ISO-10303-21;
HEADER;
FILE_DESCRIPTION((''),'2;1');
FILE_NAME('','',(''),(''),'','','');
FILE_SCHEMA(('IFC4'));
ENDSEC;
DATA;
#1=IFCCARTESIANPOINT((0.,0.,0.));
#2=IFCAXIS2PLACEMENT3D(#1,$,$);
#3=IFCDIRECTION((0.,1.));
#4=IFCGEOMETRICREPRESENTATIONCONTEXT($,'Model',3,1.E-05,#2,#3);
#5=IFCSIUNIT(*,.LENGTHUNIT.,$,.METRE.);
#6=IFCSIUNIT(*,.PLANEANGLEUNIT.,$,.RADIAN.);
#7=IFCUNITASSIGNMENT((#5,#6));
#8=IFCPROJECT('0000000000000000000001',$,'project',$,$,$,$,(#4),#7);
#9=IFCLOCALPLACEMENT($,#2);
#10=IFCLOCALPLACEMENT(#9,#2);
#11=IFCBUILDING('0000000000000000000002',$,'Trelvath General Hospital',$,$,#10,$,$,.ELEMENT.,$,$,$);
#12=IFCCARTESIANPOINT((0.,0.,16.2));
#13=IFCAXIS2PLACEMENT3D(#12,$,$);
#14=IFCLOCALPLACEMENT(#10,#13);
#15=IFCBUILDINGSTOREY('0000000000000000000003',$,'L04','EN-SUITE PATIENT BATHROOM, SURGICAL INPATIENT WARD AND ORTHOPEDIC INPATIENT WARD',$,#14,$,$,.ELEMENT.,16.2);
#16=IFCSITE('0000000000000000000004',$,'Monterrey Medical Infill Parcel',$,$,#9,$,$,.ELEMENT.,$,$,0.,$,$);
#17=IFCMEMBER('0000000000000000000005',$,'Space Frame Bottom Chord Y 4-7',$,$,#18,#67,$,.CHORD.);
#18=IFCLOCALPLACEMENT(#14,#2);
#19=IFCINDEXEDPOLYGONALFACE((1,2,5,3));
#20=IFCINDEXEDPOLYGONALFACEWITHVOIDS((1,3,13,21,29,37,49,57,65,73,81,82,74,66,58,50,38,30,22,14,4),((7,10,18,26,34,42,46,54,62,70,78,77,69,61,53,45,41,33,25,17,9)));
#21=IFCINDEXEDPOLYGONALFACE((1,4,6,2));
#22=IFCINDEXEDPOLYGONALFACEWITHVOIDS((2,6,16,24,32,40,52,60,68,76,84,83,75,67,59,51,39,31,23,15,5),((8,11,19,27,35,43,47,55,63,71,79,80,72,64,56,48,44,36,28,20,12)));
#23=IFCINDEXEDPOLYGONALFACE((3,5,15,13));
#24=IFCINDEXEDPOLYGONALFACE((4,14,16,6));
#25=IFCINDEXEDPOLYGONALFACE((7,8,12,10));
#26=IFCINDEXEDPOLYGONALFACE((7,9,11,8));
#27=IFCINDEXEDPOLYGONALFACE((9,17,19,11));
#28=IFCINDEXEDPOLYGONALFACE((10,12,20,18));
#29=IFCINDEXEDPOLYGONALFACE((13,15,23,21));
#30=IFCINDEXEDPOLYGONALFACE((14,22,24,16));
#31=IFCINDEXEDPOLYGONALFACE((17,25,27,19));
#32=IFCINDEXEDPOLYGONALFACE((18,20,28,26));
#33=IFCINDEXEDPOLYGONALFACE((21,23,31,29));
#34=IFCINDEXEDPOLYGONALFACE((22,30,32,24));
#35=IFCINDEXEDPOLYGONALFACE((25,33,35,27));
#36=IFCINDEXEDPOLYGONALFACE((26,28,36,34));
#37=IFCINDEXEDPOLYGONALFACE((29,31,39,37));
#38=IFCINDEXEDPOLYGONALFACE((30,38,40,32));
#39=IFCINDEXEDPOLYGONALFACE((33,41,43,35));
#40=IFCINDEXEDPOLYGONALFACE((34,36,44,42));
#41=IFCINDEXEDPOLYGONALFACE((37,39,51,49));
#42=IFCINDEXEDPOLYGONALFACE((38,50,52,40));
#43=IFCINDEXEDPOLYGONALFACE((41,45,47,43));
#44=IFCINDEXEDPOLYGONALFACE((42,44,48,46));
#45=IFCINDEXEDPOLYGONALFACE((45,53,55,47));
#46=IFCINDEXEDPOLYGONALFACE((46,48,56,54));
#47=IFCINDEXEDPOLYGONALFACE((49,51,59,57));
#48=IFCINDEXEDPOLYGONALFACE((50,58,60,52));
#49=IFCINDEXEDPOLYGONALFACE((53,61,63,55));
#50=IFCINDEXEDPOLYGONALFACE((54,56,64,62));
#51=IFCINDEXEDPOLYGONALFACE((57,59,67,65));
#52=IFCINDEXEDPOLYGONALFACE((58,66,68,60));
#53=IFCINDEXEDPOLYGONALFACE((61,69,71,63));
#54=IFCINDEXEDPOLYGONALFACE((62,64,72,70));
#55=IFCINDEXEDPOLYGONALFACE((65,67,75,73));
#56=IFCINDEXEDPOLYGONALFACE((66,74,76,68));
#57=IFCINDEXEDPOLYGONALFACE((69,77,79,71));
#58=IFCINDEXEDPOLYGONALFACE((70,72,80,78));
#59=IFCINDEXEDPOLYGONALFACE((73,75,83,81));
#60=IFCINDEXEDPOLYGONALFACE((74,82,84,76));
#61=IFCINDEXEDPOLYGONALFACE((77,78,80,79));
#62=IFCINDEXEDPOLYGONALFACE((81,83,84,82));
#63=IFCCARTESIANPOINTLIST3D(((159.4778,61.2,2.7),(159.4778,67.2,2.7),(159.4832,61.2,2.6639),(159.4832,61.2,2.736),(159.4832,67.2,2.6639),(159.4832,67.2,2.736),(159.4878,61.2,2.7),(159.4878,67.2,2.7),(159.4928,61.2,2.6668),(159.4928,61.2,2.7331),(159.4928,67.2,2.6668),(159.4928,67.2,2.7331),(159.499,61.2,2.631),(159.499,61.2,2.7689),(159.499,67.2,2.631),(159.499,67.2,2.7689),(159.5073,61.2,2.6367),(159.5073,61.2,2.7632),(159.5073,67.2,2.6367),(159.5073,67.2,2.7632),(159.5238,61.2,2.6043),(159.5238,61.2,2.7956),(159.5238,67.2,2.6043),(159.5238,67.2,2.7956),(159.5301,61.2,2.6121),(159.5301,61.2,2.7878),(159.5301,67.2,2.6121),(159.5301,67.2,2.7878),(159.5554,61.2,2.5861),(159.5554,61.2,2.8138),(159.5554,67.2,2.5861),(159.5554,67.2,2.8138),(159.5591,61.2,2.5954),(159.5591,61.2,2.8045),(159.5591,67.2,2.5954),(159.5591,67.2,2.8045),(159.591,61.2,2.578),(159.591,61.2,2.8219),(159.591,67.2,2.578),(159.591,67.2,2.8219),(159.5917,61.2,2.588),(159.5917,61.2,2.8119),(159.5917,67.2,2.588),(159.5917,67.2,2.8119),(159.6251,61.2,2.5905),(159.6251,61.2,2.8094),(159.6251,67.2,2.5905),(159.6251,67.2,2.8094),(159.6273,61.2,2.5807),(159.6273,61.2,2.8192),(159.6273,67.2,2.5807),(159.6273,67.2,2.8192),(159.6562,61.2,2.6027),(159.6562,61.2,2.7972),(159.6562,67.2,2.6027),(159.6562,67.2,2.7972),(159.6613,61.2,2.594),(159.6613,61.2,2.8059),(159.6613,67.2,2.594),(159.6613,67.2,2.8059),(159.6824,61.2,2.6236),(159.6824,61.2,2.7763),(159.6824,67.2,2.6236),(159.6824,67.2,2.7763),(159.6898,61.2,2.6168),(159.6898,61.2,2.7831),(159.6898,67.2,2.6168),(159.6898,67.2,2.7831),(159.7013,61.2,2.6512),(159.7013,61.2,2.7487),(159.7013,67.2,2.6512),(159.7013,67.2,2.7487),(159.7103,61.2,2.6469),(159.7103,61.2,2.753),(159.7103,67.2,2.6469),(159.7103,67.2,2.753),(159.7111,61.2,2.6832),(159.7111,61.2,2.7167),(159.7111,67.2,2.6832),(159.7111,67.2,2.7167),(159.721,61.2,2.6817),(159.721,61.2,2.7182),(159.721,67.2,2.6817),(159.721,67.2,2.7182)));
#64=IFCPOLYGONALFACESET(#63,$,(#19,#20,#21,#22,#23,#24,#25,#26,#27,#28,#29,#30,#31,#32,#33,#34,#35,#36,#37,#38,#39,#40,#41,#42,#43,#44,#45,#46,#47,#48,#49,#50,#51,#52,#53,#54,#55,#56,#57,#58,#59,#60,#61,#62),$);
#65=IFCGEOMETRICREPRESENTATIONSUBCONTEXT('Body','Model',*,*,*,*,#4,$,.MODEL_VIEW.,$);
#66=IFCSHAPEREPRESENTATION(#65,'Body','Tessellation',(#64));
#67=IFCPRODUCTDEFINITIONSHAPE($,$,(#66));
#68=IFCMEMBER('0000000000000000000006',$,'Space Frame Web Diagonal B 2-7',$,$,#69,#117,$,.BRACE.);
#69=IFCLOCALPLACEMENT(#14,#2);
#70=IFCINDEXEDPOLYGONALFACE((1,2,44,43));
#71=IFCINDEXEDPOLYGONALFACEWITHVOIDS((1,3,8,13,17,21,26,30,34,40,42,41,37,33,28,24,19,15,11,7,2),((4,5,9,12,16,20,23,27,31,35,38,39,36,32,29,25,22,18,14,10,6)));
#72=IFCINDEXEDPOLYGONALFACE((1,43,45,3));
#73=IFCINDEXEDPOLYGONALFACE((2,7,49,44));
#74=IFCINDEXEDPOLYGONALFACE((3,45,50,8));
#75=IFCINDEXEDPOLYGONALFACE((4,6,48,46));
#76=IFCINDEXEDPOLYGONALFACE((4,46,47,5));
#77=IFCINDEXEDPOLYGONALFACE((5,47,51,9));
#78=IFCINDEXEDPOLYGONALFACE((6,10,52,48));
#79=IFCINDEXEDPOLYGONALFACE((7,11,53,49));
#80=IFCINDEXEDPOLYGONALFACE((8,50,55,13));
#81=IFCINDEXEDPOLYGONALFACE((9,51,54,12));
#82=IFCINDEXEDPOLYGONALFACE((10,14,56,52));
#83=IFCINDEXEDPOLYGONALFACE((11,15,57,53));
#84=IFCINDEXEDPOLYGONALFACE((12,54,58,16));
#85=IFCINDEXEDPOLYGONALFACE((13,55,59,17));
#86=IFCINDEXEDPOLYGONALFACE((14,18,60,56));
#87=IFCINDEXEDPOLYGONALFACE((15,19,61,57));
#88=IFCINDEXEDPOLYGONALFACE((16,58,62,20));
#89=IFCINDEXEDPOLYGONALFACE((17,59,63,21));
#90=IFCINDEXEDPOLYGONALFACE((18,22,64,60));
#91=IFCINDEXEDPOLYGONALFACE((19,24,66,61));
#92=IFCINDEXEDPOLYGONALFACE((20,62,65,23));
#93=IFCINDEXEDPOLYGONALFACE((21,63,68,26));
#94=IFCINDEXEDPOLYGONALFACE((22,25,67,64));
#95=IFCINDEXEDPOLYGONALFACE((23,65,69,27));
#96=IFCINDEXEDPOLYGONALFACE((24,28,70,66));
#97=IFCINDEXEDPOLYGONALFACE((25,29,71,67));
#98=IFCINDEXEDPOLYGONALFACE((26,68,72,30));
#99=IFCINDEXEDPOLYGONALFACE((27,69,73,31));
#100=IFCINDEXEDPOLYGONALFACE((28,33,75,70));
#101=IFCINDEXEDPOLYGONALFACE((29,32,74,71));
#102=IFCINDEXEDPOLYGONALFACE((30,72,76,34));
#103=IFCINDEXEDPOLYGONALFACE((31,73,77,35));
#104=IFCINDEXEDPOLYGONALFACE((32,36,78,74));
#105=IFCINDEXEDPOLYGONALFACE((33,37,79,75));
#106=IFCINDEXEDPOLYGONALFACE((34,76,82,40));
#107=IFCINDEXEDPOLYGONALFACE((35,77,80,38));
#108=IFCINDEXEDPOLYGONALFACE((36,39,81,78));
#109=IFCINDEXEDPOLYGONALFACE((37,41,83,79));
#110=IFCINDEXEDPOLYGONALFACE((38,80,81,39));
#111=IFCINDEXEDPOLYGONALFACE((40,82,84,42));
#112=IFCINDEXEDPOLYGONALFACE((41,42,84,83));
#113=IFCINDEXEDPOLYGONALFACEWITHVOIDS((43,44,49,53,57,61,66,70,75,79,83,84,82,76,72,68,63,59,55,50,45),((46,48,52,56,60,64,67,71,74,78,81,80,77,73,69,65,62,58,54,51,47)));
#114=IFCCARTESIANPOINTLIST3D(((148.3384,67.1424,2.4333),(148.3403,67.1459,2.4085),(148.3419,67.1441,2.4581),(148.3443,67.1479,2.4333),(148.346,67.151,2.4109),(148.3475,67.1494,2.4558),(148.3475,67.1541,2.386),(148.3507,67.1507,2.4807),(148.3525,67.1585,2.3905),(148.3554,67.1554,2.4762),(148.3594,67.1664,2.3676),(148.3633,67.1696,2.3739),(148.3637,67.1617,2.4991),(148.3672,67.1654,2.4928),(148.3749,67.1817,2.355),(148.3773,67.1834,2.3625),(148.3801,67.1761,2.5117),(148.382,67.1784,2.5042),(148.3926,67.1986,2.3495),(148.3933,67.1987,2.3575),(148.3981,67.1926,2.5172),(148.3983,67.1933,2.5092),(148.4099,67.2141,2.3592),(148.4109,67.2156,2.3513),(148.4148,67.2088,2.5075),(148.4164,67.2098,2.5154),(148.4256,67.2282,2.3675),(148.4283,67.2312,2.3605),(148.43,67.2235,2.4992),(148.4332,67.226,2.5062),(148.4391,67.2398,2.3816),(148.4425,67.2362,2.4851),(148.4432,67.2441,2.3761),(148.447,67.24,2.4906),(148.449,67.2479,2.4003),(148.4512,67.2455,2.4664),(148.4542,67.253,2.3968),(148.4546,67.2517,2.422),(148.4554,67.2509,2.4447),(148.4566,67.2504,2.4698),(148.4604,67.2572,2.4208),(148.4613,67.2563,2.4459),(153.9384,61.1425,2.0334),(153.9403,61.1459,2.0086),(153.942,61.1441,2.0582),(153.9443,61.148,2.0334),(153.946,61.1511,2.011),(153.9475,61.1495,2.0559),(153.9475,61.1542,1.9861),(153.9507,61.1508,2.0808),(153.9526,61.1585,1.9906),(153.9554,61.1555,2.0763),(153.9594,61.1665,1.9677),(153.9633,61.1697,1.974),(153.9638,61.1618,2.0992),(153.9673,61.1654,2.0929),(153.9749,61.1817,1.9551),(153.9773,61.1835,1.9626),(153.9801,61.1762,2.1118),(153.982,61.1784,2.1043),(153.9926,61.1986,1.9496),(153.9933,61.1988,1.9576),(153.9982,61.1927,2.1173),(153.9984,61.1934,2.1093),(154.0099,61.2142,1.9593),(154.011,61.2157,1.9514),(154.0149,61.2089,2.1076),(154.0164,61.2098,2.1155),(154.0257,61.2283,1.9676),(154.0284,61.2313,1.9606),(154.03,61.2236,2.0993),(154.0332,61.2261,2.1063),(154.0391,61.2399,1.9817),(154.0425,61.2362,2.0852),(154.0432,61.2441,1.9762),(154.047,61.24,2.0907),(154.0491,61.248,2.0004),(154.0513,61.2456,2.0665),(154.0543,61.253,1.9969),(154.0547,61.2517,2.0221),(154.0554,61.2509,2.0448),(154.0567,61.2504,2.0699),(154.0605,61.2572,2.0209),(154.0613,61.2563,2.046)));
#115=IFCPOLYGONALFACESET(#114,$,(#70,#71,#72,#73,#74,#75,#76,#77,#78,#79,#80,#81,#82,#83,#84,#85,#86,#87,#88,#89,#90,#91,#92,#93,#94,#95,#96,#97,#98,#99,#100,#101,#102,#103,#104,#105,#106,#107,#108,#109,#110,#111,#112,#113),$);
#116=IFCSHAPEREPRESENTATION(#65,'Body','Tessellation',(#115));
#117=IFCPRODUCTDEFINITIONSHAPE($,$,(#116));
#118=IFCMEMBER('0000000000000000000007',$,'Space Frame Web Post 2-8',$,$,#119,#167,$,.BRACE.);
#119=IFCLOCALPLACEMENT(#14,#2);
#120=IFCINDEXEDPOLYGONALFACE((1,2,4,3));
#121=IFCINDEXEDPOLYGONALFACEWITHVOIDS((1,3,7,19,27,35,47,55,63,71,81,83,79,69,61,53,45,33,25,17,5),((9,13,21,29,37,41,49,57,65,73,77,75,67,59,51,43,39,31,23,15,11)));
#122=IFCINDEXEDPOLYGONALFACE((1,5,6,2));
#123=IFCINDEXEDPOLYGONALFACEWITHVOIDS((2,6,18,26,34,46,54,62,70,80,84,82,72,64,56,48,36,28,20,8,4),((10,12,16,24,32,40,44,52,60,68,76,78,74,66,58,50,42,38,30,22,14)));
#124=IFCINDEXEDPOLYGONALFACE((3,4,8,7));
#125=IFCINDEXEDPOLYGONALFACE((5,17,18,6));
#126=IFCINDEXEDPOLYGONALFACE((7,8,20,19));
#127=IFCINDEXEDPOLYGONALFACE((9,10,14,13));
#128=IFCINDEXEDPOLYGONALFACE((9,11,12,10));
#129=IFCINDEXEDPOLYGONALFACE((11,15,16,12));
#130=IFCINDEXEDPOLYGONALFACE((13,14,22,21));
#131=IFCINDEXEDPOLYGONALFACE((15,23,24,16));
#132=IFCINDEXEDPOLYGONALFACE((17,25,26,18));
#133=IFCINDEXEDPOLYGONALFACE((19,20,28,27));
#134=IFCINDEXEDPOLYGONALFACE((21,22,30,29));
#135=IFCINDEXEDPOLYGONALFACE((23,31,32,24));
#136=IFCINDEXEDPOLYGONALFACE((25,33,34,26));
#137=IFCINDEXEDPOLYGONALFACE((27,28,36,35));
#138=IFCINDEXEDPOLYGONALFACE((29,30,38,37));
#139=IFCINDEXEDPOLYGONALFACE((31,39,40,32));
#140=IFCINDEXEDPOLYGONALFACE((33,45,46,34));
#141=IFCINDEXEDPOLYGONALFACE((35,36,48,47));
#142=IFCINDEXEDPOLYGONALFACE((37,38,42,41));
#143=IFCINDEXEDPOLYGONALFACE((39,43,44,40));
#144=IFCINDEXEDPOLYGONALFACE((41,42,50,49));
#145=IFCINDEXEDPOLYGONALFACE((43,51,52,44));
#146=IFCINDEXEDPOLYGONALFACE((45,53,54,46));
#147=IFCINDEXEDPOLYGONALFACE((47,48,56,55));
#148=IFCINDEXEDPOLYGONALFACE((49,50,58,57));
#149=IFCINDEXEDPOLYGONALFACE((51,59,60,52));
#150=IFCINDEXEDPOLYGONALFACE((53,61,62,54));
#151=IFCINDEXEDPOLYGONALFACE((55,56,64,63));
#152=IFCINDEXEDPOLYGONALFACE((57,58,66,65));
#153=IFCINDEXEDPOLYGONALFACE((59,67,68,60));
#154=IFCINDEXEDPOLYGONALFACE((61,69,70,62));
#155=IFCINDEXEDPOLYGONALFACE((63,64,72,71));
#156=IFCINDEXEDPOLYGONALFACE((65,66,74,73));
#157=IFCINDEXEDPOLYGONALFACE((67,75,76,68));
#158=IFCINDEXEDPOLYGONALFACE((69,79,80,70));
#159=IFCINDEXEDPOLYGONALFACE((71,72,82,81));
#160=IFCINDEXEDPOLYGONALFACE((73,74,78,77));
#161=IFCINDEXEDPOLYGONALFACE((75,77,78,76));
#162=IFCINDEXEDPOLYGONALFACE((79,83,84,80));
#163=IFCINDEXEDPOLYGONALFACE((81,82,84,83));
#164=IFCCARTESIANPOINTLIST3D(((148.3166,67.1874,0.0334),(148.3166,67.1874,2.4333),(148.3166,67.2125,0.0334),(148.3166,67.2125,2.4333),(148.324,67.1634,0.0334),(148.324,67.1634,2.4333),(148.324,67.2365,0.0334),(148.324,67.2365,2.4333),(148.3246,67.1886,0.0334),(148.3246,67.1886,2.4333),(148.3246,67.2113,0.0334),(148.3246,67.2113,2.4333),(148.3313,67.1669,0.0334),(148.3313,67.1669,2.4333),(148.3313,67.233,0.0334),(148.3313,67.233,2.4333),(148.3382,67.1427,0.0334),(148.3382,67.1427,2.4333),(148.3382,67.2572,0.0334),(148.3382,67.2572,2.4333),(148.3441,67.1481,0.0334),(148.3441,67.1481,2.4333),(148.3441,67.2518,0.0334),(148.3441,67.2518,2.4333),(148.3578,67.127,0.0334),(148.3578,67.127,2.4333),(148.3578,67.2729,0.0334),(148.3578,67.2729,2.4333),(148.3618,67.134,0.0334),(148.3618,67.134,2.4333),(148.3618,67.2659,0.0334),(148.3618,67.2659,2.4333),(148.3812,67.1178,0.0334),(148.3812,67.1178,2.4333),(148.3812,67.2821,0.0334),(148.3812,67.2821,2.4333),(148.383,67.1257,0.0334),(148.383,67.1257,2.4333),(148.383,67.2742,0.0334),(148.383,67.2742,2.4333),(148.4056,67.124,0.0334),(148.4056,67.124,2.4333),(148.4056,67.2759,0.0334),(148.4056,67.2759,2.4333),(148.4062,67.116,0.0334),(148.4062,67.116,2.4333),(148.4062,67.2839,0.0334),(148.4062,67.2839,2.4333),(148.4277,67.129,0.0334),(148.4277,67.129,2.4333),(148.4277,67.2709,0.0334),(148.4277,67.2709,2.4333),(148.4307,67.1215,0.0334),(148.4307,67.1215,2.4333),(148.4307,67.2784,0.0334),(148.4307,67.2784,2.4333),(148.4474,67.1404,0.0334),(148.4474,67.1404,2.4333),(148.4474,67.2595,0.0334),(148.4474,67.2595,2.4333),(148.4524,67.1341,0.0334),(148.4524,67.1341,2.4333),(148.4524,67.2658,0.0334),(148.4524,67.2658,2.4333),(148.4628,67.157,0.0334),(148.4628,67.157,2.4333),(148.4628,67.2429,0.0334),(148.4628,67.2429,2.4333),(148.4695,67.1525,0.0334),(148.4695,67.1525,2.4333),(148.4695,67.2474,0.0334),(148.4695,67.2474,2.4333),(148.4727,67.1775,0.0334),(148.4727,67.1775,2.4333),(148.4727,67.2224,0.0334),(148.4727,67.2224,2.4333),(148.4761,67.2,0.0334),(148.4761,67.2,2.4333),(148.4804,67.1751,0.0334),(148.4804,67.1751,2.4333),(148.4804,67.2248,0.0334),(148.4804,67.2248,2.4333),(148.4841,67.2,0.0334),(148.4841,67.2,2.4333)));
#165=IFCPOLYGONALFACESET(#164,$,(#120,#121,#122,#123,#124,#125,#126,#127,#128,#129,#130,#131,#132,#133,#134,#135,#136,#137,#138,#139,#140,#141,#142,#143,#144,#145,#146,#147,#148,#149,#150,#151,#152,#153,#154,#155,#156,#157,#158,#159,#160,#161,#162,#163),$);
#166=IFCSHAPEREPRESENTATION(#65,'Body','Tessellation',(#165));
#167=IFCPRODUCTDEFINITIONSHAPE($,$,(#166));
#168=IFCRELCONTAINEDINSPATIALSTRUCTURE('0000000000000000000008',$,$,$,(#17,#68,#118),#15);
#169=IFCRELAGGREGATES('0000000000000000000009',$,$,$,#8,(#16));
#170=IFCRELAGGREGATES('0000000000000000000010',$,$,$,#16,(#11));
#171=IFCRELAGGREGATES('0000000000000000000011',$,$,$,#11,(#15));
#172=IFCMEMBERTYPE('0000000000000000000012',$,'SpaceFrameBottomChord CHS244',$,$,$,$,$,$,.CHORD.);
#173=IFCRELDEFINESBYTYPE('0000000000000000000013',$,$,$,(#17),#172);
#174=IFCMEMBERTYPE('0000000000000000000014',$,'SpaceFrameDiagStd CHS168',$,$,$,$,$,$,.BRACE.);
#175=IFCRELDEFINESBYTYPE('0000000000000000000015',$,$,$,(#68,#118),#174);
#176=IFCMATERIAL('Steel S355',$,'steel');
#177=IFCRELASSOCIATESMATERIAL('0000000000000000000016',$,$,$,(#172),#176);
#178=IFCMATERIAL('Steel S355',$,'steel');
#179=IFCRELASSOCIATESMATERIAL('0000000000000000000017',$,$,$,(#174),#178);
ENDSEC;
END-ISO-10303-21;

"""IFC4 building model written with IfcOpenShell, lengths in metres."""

from ifc_helpers import new_model, si_unit, direction, frame, origin, origin_2d, place, context, subcontext, project, spatial, hollow_circle, extrude, material, material_profile, profile_set, type_object, element, save


model = new_model("IFC4")

# Units and contexts
model_context = context("Model", 3, precision=1e-05, world=origin(), true_north=direction((0.0, 1.0)))
body_context = subcontext(model_context, "Body", "Model", "MODEL_VIEW")
ifc_project = project(units=[si_unit("LENGTHUNIT", "METRE"), si_unit("PLANEANGLEUNIT", "RADIAN")], contexts=[model_context])

# Site, building, storey
site_placement = place(None, origin())
site = spatial("IfcSite", under=ifc_project, at=site_placement, Name="Monterrey Medical Infill Parcel", CompositionType="ELEMENT", RefElevation=0.0)
building_placement = place(site_placement, origin())
building = spatial("IfcBuilding", under=site, at=building_placement, Name="Trelvath General Hospital", CompositionType="ELEMENT")
storey_placement = place(building_placement, frame((0.0, 0.0, 16.2)))
storey = spatial("IfcBuildingStorey", under=building, at=storey_placement, Name="L04", Description="EN-SUITE PATIENT BATHROOM, SURGICAL INPATIENT WARD AND ORTHOPEDIC INPATIENT WARD", CompositionType="ELEMENT", Elevation=16.2)

# Members
ifc_material_1 = material(Name="Steel S355", Category="steel")
ifc_material_profile_1 = material_profile(ifc_material_1, hollow_circle(Radius=0.1223, WallThickness=0.01, at=origin_2d()), Name="CHS244.5x10.0")
ifc_profile_set_1 = profile_set([ifc_material_profile_1], Name="Steel S355")
member_type_1 = type_object("IfcMemberType", Name="SpaceFrameBottomChord CHS244", PredefinedType="CHORD", material=ifc_profile_set_1)
member_1_placement = place(storey_placement, frame((159.6001, 61.2, 2.7), z_axis=(0.0, 1.0, 0.0), x_axis=(-1.0, 0.0, 0.0)))
element("IfcMember", 1, at=member_1_placement, inside=storey, type_object=member_type_1, Name="Space Frame Bottom Chord Y 4-7", PredefinedType="CHORD", context=body_context, shape_type="SweptSolid", body=[
    extrude(hollow_circle(Radius=0.1223, WallThickness=0.01, at=origin_2d()), origin(), (0.0, 0.0, 1.0), 6.0),
])
ifc_material_2 = material(Name="Steel S355", Category="steel")
ifc_material_profile_2 = material_profile(ifc_material_2, hollow_circle(Radius=0.0842, WallThickness=0.0081, at=origin_2d()), Name="CHS168.3x8.0")
ifc_profile_set_2 = profile_set([ifc_material_profile_2], Name="Steel S355")
member_type_2 = type_object("IfcMemberType", Name="SpaceFrameDiagStd CHS168", PredefinedType="BRACE", material=ifc_profile_set_2)
member_2_placement = place(storey_placement, frame((154.0, 61.2, 2.0334), z_axis=(-0.681516, 0.730183, 0.048667), x_axis=(-0.731049, -0.682325, 0.0)))
element("IfcMember", 2, at=member_2_placement, inside=storey, type_object=member_type_2, Name="Space Frame Web Diagonal B 2-7", PredefinedType="BRACE", context=body_context, shape_type="SweptSolid", body=[
    extrude(hollow_circle(Radius=0.0842, WallThickness=0.0081, at=origin_2d()), origin(), (0.0, 0.0, 1.0), 8.217),
])
for number, where, z_axis, x_axis, name in (
    (3, (148.3999, 67.2, 0.0334), (0.0, 0.0, 1.0), (1.0, 0.0, 0.0), "Space Frame Web Post 2-8"),
):
    element("IfcMember", number, at=place(storey_placement, frame(where, z_axis=z_axis, x_axis=x_axis)), inside=storey, type_object=member_type_2, Name=name, PredefinedType="BRACE", context=body_context, shape_type="SweptSolid", body=[
        extrude(hollow_circle(Radius=0.0842, WallThickness=0.0081, at=origin_2d()), origin(), (0.0, 0.0, 1.0), 2.3999),
    ])

save(model, "model.ifc")
